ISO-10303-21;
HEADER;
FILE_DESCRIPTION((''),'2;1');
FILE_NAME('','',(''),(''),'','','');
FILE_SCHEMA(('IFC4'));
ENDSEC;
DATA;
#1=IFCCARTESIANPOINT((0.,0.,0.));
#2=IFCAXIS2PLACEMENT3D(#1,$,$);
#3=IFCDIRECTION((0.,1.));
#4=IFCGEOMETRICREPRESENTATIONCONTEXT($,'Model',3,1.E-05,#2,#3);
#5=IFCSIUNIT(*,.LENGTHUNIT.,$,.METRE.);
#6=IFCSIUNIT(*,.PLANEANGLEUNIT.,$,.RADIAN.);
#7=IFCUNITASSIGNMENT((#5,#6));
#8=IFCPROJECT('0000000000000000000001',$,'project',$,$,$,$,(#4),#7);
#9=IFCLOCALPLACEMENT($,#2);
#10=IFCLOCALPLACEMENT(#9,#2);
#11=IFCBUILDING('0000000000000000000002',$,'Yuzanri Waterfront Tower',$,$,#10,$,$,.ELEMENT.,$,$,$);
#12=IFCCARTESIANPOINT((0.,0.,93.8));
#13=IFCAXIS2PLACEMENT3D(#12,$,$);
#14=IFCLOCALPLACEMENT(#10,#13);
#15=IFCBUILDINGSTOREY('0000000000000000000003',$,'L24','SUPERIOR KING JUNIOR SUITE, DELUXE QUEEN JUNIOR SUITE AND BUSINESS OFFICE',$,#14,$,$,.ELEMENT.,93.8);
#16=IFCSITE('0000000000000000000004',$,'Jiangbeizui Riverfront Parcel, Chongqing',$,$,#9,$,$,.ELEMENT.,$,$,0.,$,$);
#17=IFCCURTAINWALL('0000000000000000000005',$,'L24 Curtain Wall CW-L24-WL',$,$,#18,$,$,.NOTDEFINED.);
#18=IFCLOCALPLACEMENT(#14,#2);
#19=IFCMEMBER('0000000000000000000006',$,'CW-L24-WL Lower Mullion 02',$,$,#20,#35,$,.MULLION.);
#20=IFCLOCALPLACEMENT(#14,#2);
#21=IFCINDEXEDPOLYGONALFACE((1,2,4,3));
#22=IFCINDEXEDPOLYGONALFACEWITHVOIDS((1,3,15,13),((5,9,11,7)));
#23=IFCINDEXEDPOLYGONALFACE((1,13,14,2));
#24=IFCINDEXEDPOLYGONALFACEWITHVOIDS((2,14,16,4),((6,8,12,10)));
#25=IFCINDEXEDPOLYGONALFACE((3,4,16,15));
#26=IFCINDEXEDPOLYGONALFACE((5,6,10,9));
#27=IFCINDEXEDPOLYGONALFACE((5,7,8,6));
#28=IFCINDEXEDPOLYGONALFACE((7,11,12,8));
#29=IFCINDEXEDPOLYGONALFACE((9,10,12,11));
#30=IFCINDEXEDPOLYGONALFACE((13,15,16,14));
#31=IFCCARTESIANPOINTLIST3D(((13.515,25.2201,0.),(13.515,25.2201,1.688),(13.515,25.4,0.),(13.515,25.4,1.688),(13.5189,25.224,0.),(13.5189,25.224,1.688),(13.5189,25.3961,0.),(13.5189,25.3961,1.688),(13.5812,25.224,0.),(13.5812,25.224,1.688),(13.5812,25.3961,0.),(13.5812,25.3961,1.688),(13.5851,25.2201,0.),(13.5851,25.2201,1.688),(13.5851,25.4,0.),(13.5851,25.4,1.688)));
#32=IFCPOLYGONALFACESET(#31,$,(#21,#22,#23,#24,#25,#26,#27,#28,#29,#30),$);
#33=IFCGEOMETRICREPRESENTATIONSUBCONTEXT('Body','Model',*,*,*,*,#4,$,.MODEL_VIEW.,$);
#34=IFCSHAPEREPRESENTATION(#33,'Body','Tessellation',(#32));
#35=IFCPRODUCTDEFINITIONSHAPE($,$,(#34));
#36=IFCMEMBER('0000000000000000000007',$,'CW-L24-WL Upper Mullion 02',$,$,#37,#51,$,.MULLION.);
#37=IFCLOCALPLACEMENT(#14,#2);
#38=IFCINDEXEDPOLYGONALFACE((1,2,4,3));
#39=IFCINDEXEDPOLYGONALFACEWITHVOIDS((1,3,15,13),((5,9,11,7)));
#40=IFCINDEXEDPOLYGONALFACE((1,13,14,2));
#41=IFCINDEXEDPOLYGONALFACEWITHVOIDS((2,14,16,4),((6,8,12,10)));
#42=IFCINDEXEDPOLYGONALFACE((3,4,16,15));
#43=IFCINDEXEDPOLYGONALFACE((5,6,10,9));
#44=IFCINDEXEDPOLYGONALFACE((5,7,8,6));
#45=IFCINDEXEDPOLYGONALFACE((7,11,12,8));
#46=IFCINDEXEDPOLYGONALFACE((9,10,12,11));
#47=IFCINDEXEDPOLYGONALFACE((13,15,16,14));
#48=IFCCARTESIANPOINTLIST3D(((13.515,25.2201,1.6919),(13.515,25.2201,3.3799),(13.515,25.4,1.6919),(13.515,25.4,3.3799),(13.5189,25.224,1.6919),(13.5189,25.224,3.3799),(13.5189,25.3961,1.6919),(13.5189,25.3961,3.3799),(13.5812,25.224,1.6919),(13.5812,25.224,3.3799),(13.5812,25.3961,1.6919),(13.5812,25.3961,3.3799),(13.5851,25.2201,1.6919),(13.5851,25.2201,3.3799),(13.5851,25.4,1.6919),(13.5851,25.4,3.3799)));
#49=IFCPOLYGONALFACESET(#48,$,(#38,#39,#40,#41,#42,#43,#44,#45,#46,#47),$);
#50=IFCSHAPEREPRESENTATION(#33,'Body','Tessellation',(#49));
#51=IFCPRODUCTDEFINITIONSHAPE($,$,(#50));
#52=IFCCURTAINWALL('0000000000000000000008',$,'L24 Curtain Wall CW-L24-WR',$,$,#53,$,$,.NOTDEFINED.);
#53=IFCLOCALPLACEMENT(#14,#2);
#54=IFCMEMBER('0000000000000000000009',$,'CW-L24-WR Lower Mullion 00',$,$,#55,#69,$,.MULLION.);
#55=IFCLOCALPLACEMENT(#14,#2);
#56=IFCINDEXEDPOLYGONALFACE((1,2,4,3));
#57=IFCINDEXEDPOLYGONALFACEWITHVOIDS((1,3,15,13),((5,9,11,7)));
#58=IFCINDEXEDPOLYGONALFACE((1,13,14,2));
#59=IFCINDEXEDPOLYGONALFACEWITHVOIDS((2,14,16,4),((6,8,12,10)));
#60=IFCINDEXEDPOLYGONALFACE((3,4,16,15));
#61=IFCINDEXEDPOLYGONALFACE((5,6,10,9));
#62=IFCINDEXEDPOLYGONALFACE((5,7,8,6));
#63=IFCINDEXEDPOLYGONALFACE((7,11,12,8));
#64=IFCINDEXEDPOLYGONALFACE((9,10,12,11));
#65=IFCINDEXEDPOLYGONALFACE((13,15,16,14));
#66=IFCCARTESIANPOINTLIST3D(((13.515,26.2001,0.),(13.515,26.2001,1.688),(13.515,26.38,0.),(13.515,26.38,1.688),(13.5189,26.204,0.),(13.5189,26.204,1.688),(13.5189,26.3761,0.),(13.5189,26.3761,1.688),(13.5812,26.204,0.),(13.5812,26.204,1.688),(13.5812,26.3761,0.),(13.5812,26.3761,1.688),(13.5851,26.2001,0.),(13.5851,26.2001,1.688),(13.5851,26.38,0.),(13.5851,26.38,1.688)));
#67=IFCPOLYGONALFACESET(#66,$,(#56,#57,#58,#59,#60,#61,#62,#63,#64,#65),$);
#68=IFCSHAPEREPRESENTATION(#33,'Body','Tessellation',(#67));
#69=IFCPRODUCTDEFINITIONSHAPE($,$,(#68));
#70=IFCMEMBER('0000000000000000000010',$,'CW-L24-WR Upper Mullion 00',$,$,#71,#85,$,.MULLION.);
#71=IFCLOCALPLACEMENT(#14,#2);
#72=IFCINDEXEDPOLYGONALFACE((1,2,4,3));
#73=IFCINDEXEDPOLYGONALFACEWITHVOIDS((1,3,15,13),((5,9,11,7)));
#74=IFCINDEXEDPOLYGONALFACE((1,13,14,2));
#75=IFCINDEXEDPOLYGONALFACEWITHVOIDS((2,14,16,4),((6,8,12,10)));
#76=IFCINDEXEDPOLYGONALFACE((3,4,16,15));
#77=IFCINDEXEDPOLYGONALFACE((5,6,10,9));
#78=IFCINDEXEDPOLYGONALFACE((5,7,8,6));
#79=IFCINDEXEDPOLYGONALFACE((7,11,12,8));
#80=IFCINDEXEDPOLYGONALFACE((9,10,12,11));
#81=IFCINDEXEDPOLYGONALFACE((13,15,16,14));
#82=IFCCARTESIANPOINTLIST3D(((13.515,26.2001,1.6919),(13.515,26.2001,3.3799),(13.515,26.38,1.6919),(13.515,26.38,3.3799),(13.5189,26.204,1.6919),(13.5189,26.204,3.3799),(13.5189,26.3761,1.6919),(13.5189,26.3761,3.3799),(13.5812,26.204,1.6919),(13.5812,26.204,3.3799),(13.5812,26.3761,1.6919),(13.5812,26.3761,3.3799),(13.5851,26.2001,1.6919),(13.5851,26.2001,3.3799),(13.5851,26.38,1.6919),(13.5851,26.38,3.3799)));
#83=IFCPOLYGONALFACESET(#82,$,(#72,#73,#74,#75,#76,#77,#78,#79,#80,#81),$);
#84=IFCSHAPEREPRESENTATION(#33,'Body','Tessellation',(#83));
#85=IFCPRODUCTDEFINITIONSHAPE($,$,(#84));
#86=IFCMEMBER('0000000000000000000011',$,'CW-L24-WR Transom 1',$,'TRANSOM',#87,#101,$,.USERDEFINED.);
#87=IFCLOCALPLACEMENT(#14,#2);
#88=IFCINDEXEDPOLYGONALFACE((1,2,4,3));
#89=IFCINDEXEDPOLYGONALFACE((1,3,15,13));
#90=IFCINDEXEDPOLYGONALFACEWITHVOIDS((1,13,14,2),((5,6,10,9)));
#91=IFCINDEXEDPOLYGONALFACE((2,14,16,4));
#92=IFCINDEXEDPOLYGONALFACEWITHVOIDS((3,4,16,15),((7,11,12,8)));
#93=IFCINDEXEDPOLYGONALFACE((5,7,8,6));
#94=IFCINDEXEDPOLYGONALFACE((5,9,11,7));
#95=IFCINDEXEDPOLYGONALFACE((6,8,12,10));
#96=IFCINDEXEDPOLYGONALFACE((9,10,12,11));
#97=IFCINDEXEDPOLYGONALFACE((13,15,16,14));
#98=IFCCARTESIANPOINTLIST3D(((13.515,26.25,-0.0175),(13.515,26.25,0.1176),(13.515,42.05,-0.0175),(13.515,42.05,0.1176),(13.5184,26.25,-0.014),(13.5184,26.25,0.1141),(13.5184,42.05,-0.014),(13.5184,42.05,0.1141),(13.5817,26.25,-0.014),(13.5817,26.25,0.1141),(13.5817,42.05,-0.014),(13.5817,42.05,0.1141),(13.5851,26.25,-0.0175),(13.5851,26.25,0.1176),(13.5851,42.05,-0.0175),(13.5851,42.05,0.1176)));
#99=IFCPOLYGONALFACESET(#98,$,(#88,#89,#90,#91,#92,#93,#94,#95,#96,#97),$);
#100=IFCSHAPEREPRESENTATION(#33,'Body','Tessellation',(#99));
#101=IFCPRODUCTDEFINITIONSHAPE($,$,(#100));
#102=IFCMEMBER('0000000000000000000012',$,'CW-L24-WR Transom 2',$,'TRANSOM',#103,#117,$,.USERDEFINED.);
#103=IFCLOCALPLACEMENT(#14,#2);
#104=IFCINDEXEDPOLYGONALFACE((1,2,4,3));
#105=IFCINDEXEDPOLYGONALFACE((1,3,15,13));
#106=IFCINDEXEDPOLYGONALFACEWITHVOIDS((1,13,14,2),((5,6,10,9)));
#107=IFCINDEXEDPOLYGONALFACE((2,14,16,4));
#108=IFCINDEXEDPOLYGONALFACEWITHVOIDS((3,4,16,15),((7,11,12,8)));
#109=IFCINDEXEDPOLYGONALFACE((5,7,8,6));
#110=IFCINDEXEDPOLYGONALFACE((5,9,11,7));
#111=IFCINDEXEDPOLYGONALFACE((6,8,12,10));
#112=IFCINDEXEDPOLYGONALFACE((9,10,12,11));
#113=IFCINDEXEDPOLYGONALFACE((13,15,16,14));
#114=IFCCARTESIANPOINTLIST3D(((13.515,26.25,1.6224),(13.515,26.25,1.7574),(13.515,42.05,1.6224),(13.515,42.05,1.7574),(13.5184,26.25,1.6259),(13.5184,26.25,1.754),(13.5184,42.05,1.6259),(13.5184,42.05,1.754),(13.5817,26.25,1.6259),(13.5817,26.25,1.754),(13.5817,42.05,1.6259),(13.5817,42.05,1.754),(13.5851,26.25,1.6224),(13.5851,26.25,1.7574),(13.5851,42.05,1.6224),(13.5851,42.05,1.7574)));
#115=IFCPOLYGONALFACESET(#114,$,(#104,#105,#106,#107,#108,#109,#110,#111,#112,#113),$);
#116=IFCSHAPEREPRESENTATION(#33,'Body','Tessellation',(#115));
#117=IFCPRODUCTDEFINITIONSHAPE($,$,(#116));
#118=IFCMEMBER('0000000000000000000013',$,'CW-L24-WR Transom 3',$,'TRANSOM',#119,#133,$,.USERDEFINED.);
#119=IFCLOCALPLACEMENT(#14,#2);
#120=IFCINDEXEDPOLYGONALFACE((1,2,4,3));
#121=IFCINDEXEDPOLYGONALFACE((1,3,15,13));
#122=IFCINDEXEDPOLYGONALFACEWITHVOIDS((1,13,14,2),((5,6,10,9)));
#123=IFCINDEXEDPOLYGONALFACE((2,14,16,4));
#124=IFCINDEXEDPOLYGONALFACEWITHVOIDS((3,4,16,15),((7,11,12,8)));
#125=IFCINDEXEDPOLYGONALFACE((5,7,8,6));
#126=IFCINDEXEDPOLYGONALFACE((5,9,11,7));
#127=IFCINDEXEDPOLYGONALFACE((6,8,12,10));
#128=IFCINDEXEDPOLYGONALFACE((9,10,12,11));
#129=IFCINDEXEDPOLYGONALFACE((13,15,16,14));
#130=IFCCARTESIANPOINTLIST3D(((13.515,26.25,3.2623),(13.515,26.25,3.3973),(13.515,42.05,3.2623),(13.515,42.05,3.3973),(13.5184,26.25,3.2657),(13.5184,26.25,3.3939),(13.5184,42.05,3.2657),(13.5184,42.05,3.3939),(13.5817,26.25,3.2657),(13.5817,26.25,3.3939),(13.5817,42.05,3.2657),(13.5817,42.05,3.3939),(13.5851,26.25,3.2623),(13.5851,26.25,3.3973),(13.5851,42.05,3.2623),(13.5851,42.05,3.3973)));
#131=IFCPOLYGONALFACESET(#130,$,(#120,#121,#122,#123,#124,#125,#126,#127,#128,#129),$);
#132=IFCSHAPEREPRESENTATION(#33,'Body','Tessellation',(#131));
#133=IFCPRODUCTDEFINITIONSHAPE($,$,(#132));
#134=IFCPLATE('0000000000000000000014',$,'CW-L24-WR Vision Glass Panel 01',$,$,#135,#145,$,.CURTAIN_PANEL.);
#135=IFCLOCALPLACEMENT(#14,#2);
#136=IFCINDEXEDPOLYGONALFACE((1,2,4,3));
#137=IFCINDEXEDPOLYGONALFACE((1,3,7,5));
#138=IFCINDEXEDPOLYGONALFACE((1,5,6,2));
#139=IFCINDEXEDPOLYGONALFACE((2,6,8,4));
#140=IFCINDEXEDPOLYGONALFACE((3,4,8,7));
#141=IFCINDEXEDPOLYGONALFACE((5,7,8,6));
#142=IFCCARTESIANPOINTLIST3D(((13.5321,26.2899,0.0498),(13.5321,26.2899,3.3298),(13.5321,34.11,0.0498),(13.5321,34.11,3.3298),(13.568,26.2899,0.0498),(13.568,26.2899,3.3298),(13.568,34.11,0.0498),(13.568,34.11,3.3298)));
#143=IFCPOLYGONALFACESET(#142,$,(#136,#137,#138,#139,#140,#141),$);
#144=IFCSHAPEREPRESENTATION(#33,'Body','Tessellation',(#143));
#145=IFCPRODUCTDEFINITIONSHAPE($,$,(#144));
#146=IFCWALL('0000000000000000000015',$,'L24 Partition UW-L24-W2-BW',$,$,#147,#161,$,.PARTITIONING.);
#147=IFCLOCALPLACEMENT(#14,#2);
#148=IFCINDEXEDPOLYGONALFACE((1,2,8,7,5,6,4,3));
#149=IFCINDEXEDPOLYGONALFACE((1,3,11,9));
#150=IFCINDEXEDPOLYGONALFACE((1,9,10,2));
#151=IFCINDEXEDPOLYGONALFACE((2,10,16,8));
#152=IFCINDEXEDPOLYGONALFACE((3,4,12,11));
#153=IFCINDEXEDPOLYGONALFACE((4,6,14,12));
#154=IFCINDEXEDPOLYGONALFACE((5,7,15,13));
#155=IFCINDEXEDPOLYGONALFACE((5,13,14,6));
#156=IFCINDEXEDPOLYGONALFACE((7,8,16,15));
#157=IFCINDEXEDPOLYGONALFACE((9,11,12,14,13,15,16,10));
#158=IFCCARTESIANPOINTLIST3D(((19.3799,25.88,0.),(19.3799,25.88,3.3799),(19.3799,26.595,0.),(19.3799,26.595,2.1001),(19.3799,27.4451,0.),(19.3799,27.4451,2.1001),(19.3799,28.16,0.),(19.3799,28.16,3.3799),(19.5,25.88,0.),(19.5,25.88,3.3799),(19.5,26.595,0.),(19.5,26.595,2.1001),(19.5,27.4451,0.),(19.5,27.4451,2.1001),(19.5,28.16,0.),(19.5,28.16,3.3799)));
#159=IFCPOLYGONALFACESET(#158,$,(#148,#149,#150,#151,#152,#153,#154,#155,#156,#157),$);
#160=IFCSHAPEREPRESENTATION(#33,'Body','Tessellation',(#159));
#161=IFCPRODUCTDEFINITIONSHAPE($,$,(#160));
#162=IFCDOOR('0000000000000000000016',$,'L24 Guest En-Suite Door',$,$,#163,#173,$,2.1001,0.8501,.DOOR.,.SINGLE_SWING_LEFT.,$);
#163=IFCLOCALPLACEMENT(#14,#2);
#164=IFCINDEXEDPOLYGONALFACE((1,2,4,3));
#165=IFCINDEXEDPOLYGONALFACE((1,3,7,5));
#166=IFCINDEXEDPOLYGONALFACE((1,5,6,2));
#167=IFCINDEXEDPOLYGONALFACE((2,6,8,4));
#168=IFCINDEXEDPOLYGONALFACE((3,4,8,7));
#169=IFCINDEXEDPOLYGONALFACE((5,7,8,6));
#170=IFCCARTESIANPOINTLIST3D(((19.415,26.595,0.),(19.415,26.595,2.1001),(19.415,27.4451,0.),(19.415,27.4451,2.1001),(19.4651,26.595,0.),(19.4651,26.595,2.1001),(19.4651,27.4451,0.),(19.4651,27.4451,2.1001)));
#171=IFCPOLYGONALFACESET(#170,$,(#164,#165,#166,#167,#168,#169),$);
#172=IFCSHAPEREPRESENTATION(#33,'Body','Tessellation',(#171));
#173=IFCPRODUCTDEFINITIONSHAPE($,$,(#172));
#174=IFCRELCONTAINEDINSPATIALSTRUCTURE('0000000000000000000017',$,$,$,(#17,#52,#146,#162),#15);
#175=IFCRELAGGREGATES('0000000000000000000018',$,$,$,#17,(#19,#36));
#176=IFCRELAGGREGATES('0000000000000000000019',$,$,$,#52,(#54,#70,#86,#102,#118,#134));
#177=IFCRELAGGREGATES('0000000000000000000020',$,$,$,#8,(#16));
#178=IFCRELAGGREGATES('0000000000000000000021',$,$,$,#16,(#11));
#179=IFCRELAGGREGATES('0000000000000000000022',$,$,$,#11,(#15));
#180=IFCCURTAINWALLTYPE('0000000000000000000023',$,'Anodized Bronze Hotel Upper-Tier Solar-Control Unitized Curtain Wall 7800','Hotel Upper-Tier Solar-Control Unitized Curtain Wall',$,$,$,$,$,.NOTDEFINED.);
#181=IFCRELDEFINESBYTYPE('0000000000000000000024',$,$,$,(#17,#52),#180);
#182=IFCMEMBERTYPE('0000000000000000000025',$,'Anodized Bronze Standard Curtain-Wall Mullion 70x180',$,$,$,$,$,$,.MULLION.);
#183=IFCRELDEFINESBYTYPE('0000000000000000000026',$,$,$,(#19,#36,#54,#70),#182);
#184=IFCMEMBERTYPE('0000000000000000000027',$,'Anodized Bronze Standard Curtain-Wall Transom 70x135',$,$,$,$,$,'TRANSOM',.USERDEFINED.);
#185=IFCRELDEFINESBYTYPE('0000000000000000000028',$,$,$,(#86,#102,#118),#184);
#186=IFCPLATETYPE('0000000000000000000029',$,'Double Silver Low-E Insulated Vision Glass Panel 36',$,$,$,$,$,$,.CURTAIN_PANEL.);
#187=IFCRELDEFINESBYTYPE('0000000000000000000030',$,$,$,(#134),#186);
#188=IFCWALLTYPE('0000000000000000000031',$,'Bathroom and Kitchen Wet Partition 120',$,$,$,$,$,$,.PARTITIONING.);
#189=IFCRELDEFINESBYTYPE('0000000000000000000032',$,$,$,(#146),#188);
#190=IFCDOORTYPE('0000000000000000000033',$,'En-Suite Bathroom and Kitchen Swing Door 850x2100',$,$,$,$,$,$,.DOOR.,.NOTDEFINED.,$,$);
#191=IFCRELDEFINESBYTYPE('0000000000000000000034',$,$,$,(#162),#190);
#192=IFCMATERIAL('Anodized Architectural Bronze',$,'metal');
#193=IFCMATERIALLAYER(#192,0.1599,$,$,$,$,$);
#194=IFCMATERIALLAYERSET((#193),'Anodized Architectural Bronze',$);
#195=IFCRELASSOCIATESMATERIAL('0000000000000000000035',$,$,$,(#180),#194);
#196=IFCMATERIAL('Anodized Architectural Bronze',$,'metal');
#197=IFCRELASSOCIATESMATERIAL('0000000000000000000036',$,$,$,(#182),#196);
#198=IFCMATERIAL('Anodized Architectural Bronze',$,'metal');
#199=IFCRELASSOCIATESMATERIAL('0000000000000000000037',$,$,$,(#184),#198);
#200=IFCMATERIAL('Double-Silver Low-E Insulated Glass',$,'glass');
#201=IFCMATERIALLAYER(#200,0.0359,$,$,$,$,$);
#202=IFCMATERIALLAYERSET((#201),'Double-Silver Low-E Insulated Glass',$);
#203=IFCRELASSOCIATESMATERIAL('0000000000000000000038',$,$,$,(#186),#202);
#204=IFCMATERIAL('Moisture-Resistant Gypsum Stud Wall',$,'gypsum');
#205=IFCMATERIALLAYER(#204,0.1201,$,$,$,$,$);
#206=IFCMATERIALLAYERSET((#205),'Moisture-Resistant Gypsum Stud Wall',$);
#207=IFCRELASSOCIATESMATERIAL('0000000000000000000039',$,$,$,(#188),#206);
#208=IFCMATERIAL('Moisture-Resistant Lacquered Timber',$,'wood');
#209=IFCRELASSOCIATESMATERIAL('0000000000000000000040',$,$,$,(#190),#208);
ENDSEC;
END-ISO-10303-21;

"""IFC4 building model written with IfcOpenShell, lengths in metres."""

from ifc_helpers import new_model, si_unit, direction, frame, frame_2d, origin, origin_2d, place, context, subcontext, project, spatial, rectangle, hollow_rectangle, extrude, source, transform, mapped, material, layer, layer_set, material_profile, profile_set, type_object, element, fill, aggregate, save


model = new_model("IFC4")

# Units and contexts
model_context = context("Model", 3, precision=1e-05, world=origin(), true_north=direction((0.0, 1.0)))
body_context = subcontext(model_context, "Body", "Model", "MODEL_VIEW")
ifc_project = project(units=[si_unit("LENGTHUNIT", "METRE"), si_unit("PLANEANGLEUNIT", "RADIAN")], contexts=[model_context])

# Site, building, storey
site_placement = place(None, origin())
site = spatial("IfcSite", under=ifc_project, at=site_placement, Name="Jiangbeizui Riverfront Parcel, Chongqing", CompositionType="ELEMENT", RefElevation=0.0)
building_placement = place(site_placement, origin())
building = spatial("IfcBuilding", under=site, at=building_placement, Name="Yuzanri Waterfront Tower", CompositionType="ELEMENT")
storey_placement = place(building_placement, frame((0.0, 0.0, 93.8)))
storey = spatial("IfcBuildingStorey", under=building, at=storey_placement, Name="L24", Description="SUPERIOR KING JUNIOR SUITE, DELUXE QUEEN JUNIOR SUITE AND BUSINESS OFFICE", CompositionType="ELEMENT", Elevation=93.8)

# Curtain wall, members
ifc_material_1 = material(Name="Anodized Architectural Bronze", Category="metal")
ifc_layer_1 = layer(ifc_material_1, 0.1599)
ifc_layer_set_1 = layer_set([ifc_layer_1], Name="Anodized Architectural Bronze")
curtain_wall_type = type_object("IfcCurtainWallType", Name="Anodized Bronze Hotel Upper-Tier Solar-Control Unitized Curtain Wall 7800", Description="Hotel Upper-Tier Solar-Control Unitized Curtain Wall", PredefinedType="NOTDEFINED", material=ifc_layer_set_1)
curtain_wall_1_placement = place(storey_placement, origin())
curtain_wall_1 = element("IfcCurtainWall", 1, at=curtain_wall_1_placement, inside=storey, type_object=curtain_wall_type, Name="L24 Curtain Wall CW-L24-WL", PredefinedType="NOTDEFINED")
ifc_material_2 = material(Name="Anodized Architectural Bronze", Category="metal")
ifc_material_profile_1 = material_profile(ifc_material_2, hollow_rectangle(XDim=0.0701, YDim=0.1799, WallThickness=0.0039, at=origin_2d()), Name="CWM 70x180")
ifc_profile_set_1 = profile_set([ifc_material_profile_1], Name="Anodized Architectural Bronze")
member_type_1 = type_object("IfcMemberType", Name="Anodized Bronze Standard Curtain-Wall Mullion 70x180", PredefinedType="MULLION", material=ifc_profile_set_1)
shared_shape_1 = source(origin(), body_context, "Body", "SweptSolid", [
    extrude(hollow_rectangle(XDim=0.0701, YDim=0.1799, WallThickness=0.0039, at=origin_2d()), origin(), (0.0, 0.0, 1.0), 1.688),
])
member_1_placement = place(storey_placement, frame((13.55, 25.3101, 0.0), z_axis=(0.0, 0.0, 1.0), x_axis=(1.0, 0.0, 0.0)))
member_1 = element("IfcMember", 2, at=member_1_placement, type_object=member_type_1, Name="CW-L24-WL Lower Mullion 02", PredefinedType="MULLION", context=body_context, shape_type="MappedRepresentation", body=[
    mapped(shared_shape_1, transform((0.0, 0.0, 0.0), scale=1.0)),
])
member_2_placement = place(storey_placement, frame((13.55, 25.3101, 1.6919), z_axis=(0.0, 0.0, 1.0), x_axis=(1.0, 0.0, 0.0)))
member_2 = element("IfcMember", 3, at=member_2_placement, type_object=member_type_1, Name="CW-L24-WL Upper Mullion 02", PredefinedType="MULLION", context=body_context, shape_type="MappedRepresentation", body=[
    mapped(shared_shape_1, transform((0.0, 0.0, 0.0), scale=1.0)),
])
aggregate(curtain_wall_1, [member_1, member_2])

# Curtain wall, members, plate
curtain_wall_2_placement = place(storey_placement, origin())
curtain_wall_2 = element("IfcCurtainWall", 4, at=curtain_wall_2_placement, inside=storey, type_object=curtain_wall_type, Name="L24 Curtain Wall CW-L24-WR", PredefinedType="NOTDEFINED")
member_3_placement = place(storey_placement, frame((13.55, 26.29, 0.0), z_axis=(0.0, 0.0, 1.0), x_axis=(1.0, 0.0, 0.0)))
member_3 = element("IfcMember", 5, at=member_3_placement, type_object=member_type_1, Name="CW-L24-WR Lower Mullion 00", PredefinedType="MULLION", context=body_context, shape_type="MappedRepresentation", body=[
    mapped(shared_shape_1, transform((0.0, 0.0, 0.0), scale=1.0)),
])
member_4_placement = place(storey_placement, frame((13.55, 26.29, 1.6919), z_axis=(0.0, 0.0, 1.0), x_axis=(1.0, 0.0, 0.0)))
member_4 = element("IfcMember", 6, at=member_4_placement, type_object=member_type_1, Name="CW-L24-WR Upper Mullion 00", PredefinedType="MULLION", context=body_context, shape_type="MappedRepresentation", body=[
    mapped(shared_shape_1, transform((0.0, 0.0, 0.0), scale=1.0)),
])
ifc_material_3 = material(Name="Anodized Architectural Bronze", Category="metal")
ifc_material_profile_2 = material_profile(ifc_material_3, hollow_rectangle(XDim=0.0701, YDim=0.135, WallThickness=0.0034, at=origin_2d()), Name="CWT 70x135")
ifc_profile_set_2 = profile_set([ifc_material_profile_2], Name="Anodized Architectural Bronze")
member_type_2 = type_object("IfcMemberType", Name="Anodized Bronze Standard Curtain-Wall Transom 70x135", ElementType="TRANSOM", PredefinedType="USERDEFINED", material=ifc_profile_set_2)
shared_shape_2 = source(origin(), body_context, "Body", "SweptSolid", [
    extrude(hollow_rectangle(XDim=0.0701, YDim=0.135, WallThickness=0.0034, at=origin_2d()), origin(), (0.0, 0.0, 1.0), 15.8),
])
member_5_placement = place(storey_placement, frame((13.55, 26.25, 0.05), z_axis=(0.0, 1.0, 0.0), x_axis=(-1.0, 0.0, 0.0)))
member_5 = element("IfcMember", 7, at=member_5_placement, type_object=member_type_2, Name="CW-L24-WR Transom 1", ObjectType="TRANSOM", PredefinedType="USERDEFINED", context=body_context, shape_type="MappedRepresentation", body=[
    mapped(shared_shape_2, transform((0.0, 0.0, 0.0), scale=1.0)),
])
member_6_placement = place(storey_placement, frame((13.55, 26.25, 1.6899), z_axis=(0.0, 1.0, 0.0), x_axis=(-1.0, 0.0, 0.0)))
member_6 = element("IfcMember", 8, at=member_6_placement, type_object=member_type_2, Name="CW-L24-WR Transom 2", ObjectType="TRANSOM", PredefinedType="USERDEFINED", context=body_context, shape_type="MappedRepresentation", body=[
    mapped(shared_shape_2, transform((0.0, 0.0, 0.0), scale=1.0)),
])
member_7_placement = place(storey_placement, frame((13.55, 26.25, 3.3298), z_axis=(0.0, 1.0, 0.0), x_axis=(-1.0, 0.0, 0.0)))
member_7 = element("IfcMember", 9, at=member_7_placement, type_object=member_type_2, Name="CW-L24-WR Transom 3", ObjectType="TRANSOM", PredefinedType="USERDEFINED", context=body_context, shape_type="MappedRepresentation", body=[
    mapped(shared_shape_2, transform((0.0, 0.0, 0.0), scale=1.0)),
])
ifc_material_4 = material(Name="Double-Silver Low-E Insulated Glass", Category="glass")
ifc_layer_2 = layer(ifc_material_4, 0.0359)
ifc_layer_set_2 = layer_set([ifc_layer_2], Name="Double-Silver Low-E Insulated Glass")
plate_type = type_object("IfcPlateType", Name="Double Silver Low-E Insulated Vision Glass Panel 36", PredefinedType="CURTAIN_PANEL", material=ifc_layer_set_2)
shared_shape_3 = source(origin(), body_context, "Body", "SweptSolid", [
    extrude(rectangle(XDim=7.8201, YDim=0.0359, at=origin_2d()), origin(), (0.0, 0.0, 1.0), 3.28),
])
plate_placement = place(storey_placement, frame((13.55, 30.2, 0.0498), z_axis=(0.0, 0.0, 1.0), x_axis=(0.0, 1.0, 0.0)))
plate = element("IfcPlate", 10, at=plate_placement, type_object=plate_type, Name="CW-L24-WR Vision Glass Panel 01", PredefinedType="CURTAIN_PANEL", context=body_context, shape_type="MappedRepresentation", body=[
    mapped(shared_shape_3, transform((0.0, 0.0, 0.0), scale=1.0)),
])
aggregate(curtain_wall_2, [member_3, member_4, member_5, member_6, member_7, plate])

# Wall, opening, door
ifc_material_5 = material(Name="Moisture-Resistant Gypsum Stud Wall", Category="gypsum")
ifc_layer_3 = layer(ifc_material_5, 0.1201)
ifc_layer_set_3 = layer_set([ifc_layer_3], Name="Moisture-Resistant Gypsum Stud Wall")
wall_type_1 = type_object("IfcWallType", Name="Bathroom and Kitchen Wet Partition 120", PredefinedType="PARTITIONING", material=ifc_layer_set_3)
wall_1_placement = place(storey_placement, frame((19.4399, 25.8799, 0.0), z_axis=(0.0, 0.0, 1.0), x_axis=(0.0, 1.0, 0.0)))
wall_1 = element("IfcWall", 11, at=wall_1_placement, inside=storey, type_object=wall_type_1, Name="L24 Partition UW-L24-W2-BW", PredefinedType="PARTITIONING", context=body_context, shape_type="SweptSolid", body=[
    extrude(rectangle(XDim=2.28, YDim=0.1201, at=frame_2d((1.1401, 0.0))), origin(), (0.0, 0.0, 1.0), 3.3799),
])
opening_1_placement = place(wall_1_placement, frame((0.7151, 0.0, 0.0)))
opening_1 = element("IfcOpeningElement", 12, at=opening_1_placement, cuts=wall_1, PredefinedType="OPENING", context=body_context, shape_type="SweptSolid", body=[
    extrude(rectangle(XDim=0.8501, YDim=2.1001, at=frame_2d((0.425, 1.05))), frame((0.0, 0.075, 0.0), z_axis=(0.0, -1.0, 0.0), x_axis=(1.0, 0.0, 0.0)), (0.0, 0.0, 1.0), 0.1499),
])
ifc_material_6 = material(Name="Moisture-Resistant Lacquered Timber", Category="wood")
door_type_1 = type_object("IfcDoorType", Name="En-Suite Bathroom and Kitchen Swing Door 850x2100", OperationType="NOTDEFINED", PredefinedType="DOOR", material=ifc_material_6)
shared_shape_4 = source(origin(), body_context, "Body", "SweptSolid", [
    extrude(rectangle(XDim=0.8501, YDim=2.1001, at=frame_2d((0.425, 1.05))), frame((0.0, 0.0249, 0.0), z_axis=(0.0, -1.0, 0.0), x_axis=(1.0, 0.0, 0.0)), (0.0, 0.0, 1.0), 0.05),
])
door_1_placement = place(opening_1_placement, origin())
door_1 = element("IfcDoor", 13, at=door_1_placement, inside=storey, type_object=door_type_1, Name="L24 Guest En-Suite Door", OperationType="SINGLE_SWING_LEFT", OverallHeight=2.1001, OverallWidth=0.8501, PredefinedType="DOOR", context=body_context, shape_type="MappedRepresentation", body=[
    mapped(shared_shape_4, transform((0.0, 0.0, 0.0), scale=1.0)),
])
fill(opening_1, door_1)

save(model, "model.ifc")
